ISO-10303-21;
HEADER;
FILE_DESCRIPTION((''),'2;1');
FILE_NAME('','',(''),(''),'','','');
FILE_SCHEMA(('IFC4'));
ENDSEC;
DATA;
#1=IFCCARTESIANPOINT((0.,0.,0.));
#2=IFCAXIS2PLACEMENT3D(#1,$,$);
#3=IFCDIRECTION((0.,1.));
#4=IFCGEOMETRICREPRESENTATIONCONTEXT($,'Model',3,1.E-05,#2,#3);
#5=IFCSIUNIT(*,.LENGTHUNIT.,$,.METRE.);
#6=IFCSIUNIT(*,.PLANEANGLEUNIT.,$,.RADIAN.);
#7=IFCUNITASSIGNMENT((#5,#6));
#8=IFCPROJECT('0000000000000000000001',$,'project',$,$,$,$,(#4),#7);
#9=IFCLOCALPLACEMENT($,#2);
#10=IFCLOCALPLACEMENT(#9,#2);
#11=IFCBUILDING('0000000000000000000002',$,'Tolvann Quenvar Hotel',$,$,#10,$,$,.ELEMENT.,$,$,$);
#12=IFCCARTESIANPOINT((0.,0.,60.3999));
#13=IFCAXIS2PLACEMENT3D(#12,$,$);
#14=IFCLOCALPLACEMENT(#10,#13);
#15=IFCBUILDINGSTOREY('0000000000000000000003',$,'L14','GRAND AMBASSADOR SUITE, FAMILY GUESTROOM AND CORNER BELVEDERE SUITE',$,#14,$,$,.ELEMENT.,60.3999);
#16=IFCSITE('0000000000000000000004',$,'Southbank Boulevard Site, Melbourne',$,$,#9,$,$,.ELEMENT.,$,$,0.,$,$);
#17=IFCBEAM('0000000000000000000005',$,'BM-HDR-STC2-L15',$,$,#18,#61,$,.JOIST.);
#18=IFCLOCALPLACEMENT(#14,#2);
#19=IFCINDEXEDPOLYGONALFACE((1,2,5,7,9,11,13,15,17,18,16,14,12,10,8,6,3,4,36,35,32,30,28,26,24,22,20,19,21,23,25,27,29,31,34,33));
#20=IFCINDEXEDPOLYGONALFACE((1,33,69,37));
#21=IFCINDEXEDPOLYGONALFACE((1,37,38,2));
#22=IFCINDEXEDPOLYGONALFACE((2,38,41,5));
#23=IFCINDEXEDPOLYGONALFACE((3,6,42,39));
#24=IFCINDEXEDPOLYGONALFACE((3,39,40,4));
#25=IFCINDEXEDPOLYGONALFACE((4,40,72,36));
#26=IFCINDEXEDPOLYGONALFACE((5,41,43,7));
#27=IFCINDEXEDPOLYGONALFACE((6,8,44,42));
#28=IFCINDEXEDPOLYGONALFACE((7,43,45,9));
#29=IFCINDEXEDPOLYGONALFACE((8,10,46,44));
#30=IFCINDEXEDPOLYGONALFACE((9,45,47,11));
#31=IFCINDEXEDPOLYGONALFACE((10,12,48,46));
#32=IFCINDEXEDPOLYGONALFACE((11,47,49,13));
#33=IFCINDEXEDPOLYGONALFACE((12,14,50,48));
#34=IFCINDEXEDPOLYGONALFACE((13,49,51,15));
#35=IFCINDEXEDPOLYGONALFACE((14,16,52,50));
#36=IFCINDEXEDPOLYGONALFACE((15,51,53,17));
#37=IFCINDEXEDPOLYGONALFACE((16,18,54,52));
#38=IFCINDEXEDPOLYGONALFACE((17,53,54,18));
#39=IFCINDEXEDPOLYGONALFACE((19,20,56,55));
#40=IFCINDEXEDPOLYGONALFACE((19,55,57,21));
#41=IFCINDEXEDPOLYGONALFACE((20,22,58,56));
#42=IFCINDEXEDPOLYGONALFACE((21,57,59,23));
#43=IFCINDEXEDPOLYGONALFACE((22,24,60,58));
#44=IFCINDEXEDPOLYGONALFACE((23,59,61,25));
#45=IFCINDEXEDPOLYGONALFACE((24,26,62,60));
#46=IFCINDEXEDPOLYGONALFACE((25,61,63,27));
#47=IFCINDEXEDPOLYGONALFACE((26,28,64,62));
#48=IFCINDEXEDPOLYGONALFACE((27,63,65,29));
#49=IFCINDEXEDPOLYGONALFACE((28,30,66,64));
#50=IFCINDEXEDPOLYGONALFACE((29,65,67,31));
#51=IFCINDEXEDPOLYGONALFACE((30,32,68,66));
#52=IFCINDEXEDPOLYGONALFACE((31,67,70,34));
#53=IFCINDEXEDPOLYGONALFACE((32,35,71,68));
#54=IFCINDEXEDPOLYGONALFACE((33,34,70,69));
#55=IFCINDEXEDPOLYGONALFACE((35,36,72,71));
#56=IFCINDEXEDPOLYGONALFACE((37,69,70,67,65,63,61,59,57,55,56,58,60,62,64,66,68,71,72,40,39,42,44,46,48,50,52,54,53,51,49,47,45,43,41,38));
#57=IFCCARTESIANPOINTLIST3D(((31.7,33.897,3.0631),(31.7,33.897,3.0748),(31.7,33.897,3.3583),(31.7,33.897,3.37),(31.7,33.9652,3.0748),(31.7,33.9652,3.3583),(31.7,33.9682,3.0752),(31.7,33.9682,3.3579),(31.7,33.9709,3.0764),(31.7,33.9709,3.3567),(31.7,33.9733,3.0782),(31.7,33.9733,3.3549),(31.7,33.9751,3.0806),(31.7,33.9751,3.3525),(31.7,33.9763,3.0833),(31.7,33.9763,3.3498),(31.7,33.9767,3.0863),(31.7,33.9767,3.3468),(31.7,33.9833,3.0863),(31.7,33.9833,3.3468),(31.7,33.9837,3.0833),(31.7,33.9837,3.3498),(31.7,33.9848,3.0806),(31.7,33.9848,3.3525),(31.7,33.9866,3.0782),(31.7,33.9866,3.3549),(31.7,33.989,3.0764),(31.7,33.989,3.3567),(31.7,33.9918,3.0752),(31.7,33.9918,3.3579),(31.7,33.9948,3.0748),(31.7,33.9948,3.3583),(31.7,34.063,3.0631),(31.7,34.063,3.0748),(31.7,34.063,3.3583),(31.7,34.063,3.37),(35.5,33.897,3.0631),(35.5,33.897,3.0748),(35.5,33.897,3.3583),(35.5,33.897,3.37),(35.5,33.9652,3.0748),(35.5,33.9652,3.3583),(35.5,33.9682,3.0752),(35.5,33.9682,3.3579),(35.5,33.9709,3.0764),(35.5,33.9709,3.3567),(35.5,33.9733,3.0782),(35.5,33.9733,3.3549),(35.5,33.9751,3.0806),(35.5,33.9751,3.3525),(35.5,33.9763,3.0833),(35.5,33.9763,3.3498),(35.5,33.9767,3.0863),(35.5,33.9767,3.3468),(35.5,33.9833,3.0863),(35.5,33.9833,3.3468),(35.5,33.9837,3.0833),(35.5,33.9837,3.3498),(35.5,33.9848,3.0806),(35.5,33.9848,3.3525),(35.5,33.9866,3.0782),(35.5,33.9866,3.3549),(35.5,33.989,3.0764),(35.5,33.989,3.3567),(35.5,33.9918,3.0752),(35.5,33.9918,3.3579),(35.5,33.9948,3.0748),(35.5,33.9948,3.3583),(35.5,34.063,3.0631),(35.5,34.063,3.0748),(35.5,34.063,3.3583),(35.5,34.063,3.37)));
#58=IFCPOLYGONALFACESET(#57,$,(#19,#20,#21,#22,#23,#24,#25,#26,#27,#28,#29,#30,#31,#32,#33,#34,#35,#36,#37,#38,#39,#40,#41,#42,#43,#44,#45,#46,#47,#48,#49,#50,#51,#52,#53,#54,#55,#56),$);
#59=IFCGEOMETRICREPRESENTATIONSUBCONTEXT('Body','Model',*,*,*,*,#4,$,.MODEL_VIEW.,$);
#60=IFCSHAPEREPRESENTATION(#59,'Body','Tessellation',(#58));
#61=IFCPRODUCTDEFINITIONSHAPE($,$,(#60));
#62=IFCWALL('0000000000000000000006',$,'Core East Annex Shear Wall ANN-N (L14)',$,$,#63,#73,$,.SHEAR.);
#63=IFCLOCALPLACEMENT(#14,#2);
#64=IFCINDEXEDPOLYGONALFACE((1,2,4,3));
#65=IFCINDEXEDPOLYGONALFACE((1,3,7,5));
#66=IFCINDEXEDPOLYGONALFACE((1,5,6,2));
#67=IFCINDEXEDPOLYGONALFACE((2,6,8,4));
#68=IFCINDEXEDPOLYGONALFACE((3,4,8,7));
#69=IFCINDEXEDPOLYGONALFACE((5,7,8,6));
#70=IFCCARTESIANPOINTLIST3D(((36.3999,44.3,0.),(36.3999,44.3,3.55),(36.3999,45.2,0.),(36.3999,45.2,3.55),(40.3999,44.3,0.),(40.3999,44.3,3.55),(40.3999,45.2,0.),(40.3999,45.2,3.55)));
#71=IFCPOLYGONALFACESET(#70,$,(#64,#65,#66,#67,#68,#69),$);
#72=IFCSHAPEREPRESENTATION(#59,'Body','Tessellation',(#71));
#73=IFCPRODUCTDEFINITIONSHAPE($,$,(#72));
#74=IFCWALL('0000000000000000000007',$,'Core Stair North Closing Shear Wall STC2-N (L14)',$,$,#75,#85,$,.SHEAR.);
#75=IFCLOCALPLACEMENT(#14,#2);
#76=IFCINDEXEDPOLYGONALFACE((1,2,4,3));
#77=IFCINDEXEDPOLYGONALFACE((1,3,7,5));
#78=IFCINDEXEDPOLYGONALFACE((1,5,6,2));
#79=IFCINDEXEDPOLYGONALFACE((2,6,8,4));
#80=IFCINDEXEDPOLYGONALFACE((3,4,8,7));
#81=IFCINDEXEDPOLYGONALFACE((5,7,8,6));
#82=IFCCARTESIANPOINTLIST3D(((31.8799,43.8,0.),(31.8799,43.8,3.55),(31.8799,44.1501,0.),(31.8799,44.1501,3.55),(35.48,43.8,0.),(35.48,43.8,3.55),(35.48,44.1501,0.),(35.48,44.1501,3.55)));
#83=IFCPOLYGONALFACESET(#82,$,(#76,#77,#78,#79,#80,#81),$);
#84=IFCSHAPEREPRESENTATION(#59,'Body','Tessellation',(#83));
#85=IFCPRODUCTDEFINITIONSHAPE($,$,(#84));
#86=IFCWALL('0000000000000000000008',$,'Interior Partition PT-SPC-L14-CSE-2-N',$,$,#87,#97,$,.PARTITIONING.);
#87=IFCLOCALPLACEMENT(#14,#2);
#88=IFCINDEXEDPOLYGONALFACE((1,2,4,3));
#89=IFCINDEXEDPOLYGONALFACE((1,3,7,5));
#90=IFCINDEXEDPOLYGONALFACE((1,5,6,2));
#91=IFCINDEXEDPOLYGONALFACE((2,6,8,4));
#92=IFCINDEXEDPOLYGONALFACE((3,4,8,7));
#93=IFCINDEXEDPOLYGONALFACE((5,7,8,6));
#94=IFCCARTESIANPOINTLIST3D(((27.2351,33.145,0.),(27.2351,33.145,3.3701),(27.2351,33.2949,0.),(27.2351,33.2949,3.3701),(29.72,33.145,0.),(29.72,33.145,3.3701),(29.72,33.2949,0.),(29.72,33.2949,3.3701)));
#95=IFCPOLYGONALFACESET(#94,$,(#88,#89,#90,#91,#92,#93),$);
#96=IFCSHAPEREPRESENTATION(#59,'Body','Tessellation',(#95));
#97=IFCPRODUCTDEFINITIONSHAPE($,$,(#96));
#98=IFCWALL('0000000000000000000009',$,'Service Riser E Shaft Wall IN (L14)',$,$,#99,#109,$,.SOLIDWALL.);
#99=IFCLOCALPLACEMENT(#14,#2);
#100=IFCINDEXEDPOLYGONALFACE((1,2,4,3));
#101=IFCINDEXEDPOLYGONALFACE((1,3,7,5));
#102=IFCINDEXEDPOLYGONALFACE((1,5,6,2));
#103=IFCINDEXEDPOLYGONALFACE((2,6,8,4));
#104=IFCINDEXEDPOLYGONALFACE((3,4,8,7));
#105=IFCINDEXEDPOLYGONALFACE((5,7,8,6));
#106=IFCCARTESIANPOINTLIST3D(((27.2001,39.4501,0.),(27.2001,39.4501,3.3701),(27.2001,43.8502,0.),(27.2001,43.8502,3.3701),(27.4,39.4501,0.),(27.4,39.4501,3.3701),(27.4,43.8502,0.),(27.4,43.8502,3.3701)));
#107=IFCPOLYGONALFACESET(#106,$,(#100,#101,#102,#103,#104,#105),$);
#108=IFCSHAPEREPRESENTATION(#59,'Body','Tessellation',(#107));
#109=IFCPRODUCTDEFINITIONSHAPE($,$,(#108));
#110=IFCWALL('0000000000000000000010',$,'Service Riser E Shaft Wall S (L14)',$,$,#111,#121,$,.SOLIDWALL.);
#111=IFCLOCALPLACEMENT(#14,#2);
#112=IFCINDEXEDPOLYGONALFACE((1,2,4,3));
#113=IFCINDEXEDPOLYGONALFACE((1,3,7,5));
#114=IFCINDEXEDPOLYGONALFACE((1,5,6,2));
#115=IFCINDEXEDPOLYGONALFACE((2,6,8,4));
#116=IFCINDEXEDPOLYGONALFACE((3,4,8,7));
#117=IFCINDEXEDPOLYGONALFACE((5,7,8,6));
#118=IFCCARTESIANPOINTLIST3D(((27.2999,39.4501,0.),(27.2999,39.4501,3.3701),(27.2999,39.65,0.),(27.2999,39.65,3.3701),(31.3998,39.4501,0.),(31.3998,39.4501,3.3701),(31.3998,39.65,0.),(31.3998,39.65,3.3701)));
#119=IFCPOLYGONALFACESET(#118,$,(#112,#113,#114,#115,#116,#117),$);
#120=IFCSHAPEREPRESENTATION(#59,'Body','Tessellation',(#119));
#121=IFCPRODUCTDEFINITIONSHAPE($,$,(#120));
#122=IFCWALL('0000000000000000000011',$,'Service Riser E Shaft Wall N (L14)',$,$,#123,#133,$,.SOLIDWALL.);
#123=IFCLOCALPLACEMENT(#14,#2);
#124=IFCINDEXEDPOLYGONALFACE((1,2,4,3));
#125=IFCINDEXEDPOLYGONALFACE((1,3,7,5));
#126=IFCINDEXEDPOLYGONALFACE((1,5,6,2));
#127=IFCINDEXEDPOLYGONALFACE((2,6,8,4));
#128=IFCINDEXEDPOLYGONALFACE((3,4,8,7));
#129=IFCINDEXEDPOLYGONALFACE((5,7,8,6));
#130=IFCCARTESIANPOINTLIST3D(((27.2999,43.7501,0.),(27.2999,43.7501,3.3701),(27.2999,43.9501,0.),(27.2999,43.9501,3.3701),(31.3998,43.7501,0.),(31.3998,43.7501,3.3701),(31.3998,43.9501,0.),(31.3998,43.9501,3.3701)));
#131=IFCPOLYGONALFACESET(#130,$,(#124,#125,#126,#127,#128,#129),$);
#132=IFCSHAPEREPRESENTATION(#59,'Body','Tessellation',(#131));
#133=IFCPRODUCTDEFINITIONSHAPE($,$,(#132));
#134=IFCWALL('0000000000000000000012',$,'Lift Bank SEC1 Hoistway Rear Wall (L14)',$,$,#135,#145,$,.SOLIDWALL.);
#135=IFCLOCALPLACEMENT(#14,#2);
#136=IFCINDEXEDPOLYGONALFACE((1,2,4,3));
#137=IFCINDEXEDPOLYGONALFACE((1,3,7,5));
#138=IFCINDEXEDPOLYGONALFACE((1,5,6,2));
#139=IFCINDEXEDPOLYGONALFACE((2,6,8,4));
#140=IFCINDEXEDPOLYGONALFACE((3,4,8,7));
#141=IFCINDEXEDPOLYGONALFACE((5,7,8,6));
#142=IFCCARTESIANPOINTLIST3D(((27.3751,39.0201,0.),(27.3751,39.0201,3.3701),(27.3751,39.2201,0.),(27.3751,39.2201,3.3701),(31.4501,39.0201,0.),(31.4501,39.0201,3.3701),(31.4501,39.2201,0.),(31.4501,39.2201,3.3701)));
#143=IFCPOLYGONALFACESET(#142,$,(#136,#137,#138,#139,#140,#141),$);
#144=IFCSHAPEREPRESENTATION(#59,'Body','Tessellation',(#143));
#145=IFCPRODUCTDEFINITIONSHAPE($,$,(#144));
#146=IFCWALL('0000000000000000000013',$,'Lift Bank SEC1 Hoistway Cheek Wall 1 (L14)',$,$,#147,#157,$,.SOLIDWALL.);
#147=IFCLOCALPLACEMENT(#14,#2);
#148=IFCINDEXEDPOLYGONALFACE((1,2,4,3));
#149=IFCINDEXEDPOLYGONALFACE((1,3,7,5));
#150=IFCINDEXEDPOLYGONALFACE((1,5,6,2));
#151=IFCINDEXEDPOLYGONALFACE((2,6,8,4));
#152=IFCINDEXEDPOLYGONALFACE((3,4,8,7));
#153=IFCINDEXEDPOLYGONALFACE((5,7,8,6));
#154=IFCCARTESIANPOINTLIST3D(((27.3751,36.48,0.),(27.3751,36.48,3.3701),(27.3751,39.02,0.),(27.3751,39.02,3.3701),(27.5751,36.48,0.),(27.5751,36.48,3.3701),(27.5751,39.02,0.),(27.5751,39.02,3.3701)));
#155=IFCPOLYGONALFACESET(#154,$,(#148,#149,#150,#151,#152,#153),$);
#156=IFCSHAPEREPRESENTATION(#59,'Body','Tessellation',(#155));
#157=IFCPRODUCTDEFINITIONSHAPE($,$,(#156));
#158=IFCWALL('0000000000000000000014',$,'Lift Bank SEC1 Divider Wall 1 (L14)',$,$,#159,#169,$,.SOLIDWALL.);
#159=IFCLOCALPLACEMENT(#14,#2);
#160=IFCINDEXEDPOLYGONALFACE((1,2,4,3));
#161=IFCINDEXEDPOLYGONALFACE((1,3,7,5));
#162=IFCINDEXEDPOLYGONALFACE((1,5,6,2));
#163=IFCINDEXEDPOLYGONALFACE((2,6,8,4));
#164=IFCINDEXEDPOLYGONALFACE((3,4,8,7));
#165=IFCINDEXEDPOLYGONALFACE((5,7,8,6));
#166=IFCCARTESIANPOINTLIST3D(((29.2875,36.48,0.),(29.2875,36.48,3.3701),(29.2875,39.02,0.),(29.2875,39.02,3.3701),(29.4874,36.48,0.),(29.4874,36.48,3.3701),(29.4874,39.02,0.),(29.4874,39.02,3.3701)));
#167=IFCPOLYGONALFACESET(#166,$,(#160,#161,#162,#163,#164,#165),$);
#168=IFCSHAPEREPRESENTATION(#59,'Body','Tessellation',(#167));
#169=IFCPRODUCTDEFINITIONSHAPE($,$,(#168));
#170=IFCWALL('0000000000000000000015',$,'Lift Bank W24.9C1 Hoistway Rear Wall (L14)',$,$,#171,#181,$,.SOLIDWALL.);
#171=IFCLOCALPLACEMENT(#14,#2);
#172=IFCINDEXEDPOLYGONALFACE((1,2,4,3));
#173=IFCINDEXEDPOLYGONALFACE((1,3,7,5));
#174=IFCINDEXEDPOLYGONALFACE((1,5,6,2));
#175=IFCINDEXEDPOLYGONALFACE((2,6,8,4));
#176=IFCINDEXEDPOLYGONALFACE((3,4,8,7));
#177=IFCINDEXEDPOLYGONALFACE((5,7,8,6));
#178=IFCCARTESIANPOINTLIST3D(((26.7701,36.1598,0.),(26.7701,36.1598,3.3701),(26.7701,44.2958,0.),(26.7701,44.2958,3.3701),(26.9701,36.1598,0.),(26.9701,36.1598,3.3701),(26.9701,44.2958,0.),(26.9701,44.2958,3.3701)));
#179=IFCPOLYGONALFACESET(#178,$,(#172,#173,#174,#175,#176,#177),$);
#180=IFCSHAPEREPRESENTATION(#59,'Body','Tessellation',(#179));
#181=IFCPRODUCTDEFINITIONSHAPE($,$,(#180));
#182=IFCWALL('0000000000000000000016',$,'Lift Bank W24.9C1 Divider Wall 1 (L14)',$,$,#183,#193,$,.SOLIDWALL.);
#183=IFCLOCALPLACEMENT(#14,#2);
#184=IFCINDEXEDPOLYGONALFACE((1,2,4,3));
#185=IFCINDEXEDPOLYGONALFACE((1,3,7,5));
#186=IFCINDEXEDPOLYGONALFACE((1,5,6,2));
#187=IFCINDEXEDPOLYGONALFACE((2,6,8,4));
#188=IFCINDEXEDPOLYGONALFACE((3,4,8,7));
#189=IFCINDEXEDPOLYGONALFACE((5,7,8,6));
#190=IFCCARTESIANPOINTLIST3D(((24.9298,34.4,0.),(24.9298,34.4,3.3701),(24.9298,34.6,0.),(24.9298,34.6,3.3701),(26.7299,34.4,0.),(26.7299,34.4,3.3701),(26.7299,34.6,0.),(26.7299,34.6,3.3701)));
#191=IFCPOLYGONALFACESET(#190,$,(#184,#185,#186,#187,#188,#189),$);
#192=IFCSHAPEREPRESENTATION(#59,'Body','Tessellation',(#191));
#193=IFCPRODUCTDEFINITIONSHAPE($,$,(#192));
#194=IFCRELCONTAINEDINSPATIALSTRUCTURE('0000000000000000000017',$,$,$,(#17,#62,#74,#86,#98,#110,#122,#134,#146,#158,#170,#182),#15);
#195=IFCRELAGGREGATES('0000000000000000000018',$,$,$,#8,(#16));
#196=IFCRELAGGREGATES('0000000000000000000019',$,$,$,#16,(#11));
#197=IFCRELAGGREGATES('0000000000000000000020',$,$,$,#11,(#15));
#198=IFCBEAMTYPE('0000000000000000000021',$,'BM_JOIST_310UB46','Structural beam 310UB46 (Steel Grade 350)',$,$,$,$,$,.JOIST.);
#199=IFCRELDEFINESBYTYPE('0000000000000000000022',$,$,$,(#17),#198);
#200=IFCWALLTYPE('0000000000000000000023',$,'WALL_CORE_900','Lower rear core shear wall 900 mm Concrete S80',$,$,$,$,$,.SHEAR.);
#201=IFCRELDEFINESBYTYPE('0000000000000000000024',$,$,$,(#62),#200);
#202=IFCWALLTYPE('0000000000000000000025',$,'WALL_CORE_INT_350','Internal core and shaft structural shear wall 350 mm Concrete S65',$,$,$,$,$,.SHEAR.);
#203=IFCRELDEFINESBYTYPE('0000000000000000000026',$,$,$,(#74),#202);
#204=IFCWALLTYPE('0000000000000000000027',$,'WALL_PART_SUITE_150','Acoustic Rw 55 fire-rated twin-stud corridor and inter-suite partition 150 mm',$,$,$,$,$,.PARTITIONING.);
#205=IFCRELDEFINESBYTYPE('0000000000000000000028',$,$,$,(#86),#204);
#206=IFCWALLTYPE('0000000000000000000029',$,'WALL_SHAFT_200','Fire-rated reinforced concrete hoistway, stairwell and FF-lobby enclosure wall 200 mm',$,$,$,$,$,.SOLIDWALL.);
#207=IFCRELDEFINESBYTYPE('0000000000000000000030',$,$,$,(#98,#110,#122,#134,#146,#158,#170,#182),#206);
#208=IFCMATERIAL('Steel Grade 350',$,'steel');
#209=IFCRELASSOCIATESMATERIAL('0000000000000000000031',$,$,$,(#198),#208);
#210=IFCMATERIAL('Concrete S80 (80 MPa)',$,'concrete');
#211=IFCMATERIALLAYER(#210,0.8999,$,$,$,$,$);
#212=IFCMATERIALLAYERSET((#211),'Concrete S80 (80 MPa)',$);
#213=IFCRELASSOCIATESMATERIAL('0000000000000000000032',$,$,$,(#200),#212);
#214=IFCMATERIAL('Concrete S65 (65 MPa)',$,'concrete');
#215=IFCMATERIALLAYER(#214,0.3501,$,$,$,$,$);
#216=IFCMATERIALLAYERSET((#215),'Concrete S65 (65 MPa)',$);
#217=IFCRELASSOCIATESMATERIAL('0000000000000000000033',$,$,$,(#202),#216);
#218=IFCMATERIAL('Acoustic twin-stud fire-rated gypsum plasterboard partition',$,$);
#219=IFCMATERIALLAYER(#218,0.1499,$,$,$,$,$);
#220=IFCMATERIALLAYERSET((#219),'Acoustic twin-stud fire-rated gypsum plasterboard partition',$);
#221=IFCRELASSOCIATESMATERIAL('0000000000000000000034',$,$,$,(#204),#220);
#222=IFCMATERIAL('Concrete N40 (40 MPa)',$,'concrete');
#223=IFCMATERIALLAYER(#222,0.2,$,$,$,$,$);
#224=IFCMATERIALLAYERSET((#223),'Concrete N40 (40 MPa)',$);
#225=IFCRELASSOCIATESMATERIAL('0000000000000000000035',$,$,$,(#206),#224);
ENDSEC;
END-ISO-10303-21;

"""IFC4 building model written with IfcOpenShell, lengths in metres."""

from ifc_helpers import new_model, si_unit, direction, frame, frame_2d, origin, origin_2d, place, context, subcontext, project, spatial, rectangle, i_section, extrude, source, transform, mapped, material, layer, layer_set, material_profile, profile_set, type_object, type_shapes, element, save


model = new_model("IFC4")

# Units and contexts
model_context = context("Model", 3, precision=1e-05, world=origin(), true_north=direction((0.0, 1.0)))
body_context = subcontext(model_context, "Body", "Model", "MODEL_VIEW")
ifc_project = project(units=[si_unit("LENGTHUNIT", "METRE"), si_unit("PLANEANGLEUNIT", "RADIAN")], contexts=[model_context])

# Site, building, storey
site_placement = place(None, origin())
site = spatial("IfcSite", under=ifc_project, at=site_placement, Name="Southbank Boulevard Site, Melbourne", CompositionType="ELEMENT", RefElevation=0.0)
building_placement = place(site_placement, origin())
building = spatial("IfcBuilding", under=site, at=building_placement, Name="Tolvann Quenvar Hotel", CompositionType="ELEMENT")
storey_placement = place(building_placement, frame((0.0, 0.0, 60.3999)))
storey = spatial("IfcBuildingStorey", under=building, at=storey_placement, Name="L14", Description="GRAND AMBASSADOR SUITE, FAMILY GUESTROOM AND CORNER BELVEDERE SUITE", CompositionType="ELEMENT", Elevation=60.3999)

# Beam
ifc_material_1 = material(Name="Steel Grade 350", Category="steel")
ifc_material_profile = material_profile(ifc_material_1, i_section(OverallWidth=0.166, OverallDepth=0.3069, WebThickness=0.0066, FlangeThickness=0.0117, FilletRadius=0.0115, at=origin_2d()), Name="310UB46")
ifc_profile_set = profile_set([ifc_material_profile], Name="Steel Grade 350")
beam_type = type_object("IfcBeamType", Name="BM_JOIST_310UB46", Description="Structural beam 310UB46 (Steel Grade 350)", PredefinedType="JOIST", material=ifc_profile_set)
shared_shape_1 = source(origin(), body_context, "Body", "SweptSolid", [
    extrude(i_section(OverallWidth=0.166, OverallDepth=0.3069, WebThickness=0.0066, FlangeThickness=0.0117, FilletRadius=0.0115, at=origin_2d()), origin(), (0.0, 0.0, 1.0), 3.8),
])
type_shapes(beam_type, [shared_shape_1])
beam_placement = place(storey_placement, frame((31.7, 33.98, 3.2166), z_axis=(1.0, 0.0, 0.0), x_axis=(0.0, 1.0, 0.0)))
element("IfcBeam", 1, at=beam_placement, inside=storey, type_object=beam_type, Name="BM-HDR-STC2-L15", PredefinedType="JOIST", context=body_context, shape_type="MappedRepresentation", body=[
    mapped(shared_shape_1, transform((0.0, 0.0, 0.0), x_axis=(1.0, 0.0, 0.0), y_axis=(0.0, 1.0, 0.0), z_axis=(0.0, 0.0, 1.0), scale=1.0)),
])

# Walls
ifc_material_2 = material(Name="Concrete S80 (80 MPa)", Category="concrete")
ifc_layer_1 = layer(ifc_material_2, 0.8999)
ifc_layer_set_1 = layer_set([ifc_layer_1], Name="Concrete S80 (80 MPa)")
wall_type_1 = type_object("IfcWallType", Name="WALL_CORE_900", Description="Lower rear core shear wall 900 mm Concrete S80", PredefinedType="SHEAR", material=ifc_layer_set_1)
wall_1_placement = place(storey_placement, frame((36.3999, 44.75, 0.0), z_axis=(0.0, 0.0, 1.0), x_axis=(1.0, 0.0, 0.0)))
element("IfcWall", 2, at=wall_1_placement, inside=storey, type_object=wall_type_1, Name="Core East Annex Shear Wall ANN-N (L14)", PredefinedType="SHEAR", context=body_context, shape_type="SweptSolid", body=[
    extrude(rectangle(XDim=4.0, YDim=0.8999, at=frame_2d((2.0, 0.0))), origin(), (0.0, 0.0, 1.0), 3.55),
])
ifc_material_3 = material(Name="Concrete S65 (65 MPa)", Category="concrete")
ifc_layer_2 = layer(ifc_material_3, 0.3501)
ifc_layer_set_2 = layer_set([ifc_layer_2], Name="Concrete S65 (65 MPa)")
wall_type_2 = type_object("IfcWallType", Name="WALL_CORE_INT_350", Description="Internal core and shaft structural shear wall 350 mm Concrete S65", PredefinedType="SHEAR", material=ifc_layer_set_2)
wall_2_placement = place(storey_placement, frame((31.8799, 43.9751, 0.0), z_axis=(0.0, 0.0, 1.0), x_axis=(1.0, 0.0, 0.0)))
element("IfcWall", 3, at=wall_2_placement, inside=storey, type_object=wall_type_2, Name="Core Stair North Closing Shear Wall STC2-N (L14)", PredefinedType="SHEAR", context=body_context, shape_type="SweptSolid", body=[
    extrude(rectangle(XDim=3.6001, YDim=0.3501, at=frame_2d((1.8, 0.0))), origin(), (0.0, 0.0, 1.0), 3.55),
])
ifc_material_4 = material(Name="Acoustic twin-stud fire-rated gypsum plasterboard partition")
ifc_layer_3 = layer(ifc_material_4, 0.1499)
ifc_layer_set_3 = layer_set([ifc_layer_3], Name="Acoustic twin-stud fire-rated gypsum plasterboard partition")
wall_type_3 = type_object("IfcWallType", Name="WALL_PART_SUITE_150", Description="Acoustic Rw 55 fire-rated twin-stud corridor and inter-suite partition 150 mm", PredefinedType="PARTITIONING", material=ifc_layer_set_3)
wall_3_placement = place(storey_placement, frame((27.2351, 33.22, 0.0), z_axis=(0.0, 0.0, 1.0), x_axis=(1.0, 0.0, 0.0)))
element("IfcWall", 4, at=wall_3_placement, inside=storey, type_object=wall_type_3, Name="Interior Partition PT-SPC-L14-CSE-2-N", PredefinedType="PARTITIONING", context=body_context, shape_type="SweptSolid", body=[
    extrude(rectangle(XDim=2.4849, YDim=0.1499, at=frame_2d((1.2424, 0.0))), origin(), (0.0, 0.0, 1.0), 3.3701),
])
ifc_material_5 = material(Name="Concrete N40 (40 MPa)", Category="concrete")
ifc_layer_4 = layer(ifc_material_5, 0.2)
ifc_layer_set_4 = layer_set([ifc_layer_4], Name="Concrete N40 (40 MPa)")
wall_type_4 = type_object("IfcWallType", Name="WALL_SHAFT_200", Description="Fire-rated reinforced concrete hoistway, stairwell and FF-lobby enclosure wall 200 mm", PredefinedType="SOLIDWALL", material=ifc_layer_set_4)
wall_4_placement = place(storey_placement, frame((27.3, 39.45, 0.0), z_axis=(0.0, 0.0, 1.0), x_axis=(0.0, 1.0, 0.0)))
element("IfcWall", 5, at=wall_4_placement, inside=storey, type_object=wall_type_4, Name="Service Riser E Shaft Wall IN (L14)", PredefinedType="SOLIDWALL", context=body_context, shape_type="SweptSolid", body=[
    extrude(rectangle(XDim=4.4001, YDim=0.2, at=frame_2d((2.2002, 0.0))), origin(), (0.0, 0.0, 1.0), 3.3701),
])
for number, where, z_axis, x_axis, name in (
    (6, (27.3, 39.55, 0.0), (0.0, 0.0, 1.0), (1.0, 0.0, 0.0), "Service Riser E Shaft Wall S (L14)"),
    (7, (27.3, 43.8501, 0.0), (0.0, 0.0, 1.0), (1.0, 0.0, 0.0), "Service Riser E Shaft Wall N (L14)"),
):
    element("IfcWall", number, at=place(storey_placement, frame(where, z_axis=z_axis, x_axis=x_axis)), inside=storey, type_object=wall_type_4, Name=name, PredefinedType="SOLIDWALL", context=body_context, shape_type="SweptSolid", body=[
        extrude(rectangle(XDim=4.0999, YDim=0.2, at=frame_2d((2.0498, 0.0))), origin(), (0.0, 0.0, 1.0), 3.3701),
    ])

# Walls
wall_5_placement = place(storey_placement, frame((27.375, 39.1201, 0.0), z_axis=(0.0, 0.0, 1.0), x_axis=(1.0, 0.0, 0.0)))
element("IfcWall", 8, at=wall_5_placement, inside=storey, type_object=wall_type_4, Name="Lift Bank SEC1 Hoistway Rear Wall (L14)", PredefinedType="SOLIDWALL", context=body_context, shape_type="SweptSolid", body=[
    extrude(rectangle(XDim=4.075, YDim=0.2, at=frame_2d((2.0376, 0.0))), origin(), (0.0, 0.0, 1.0), 3.3701),
])
for number, where, z_axis, x_axis, name in (
    (9, (27.4751, 36.48, 0.0), (0.0, 0.0, 1.0), (0.0, 1.0, 0.0), "Lift Bank SEC1 Hoistway Cheek Wall 1 (L14)"),
    (10, (29.3875, 36.48, 0.0), (0.0, 0.0, 1.0), (0.0, 1.0, 0.0), "Lift Bank SEC1 Divider Wall 1 (L14)"),
):
    element("IfcWall", number, at=place(storey_placement, frame(where, z_axis=z_axis, x_axis=x_axis)), inside=storey, type_object=wall_type_4, Name=name, PredefinedType="SOLIDWALL", context=body_context, shape_type="SweptSolid", body=[
        extrude(rectangle(XDim=2.54, YDim=0.2, at=frame_2d((1.27, 0.0))), origin(), (0.0, 0.0, 1.0), 3.3701),
    ])
wall_6_placement = place(storey_placement, frame((26.8701, 36.1599, 0.0), z_axis=(0.0, 0.0, 1.0), x_axis=(0.0, 1.0, 0.0)))
element("IfcWall", 11, at=wall_6_placement, inside=storey, type_object=wall_type_4, Name="Lift Bank W24.9C1 Hoistway Rear Wall (L14)", PredefinedType="SOLIDWALL", context=body_context, shape_type="SweptSolid", body=[
    extrude(rectangle(XDim=8.136, YDim=0.2, at=frame_2d((4.0679, 0.0))), origin(), (0.0, 0.0, 1.0), 3.3701),
])
wall_7_placement = place(storey_placement, frame((24.9299, 34.5, 0.0), z_axis=(0.0, 0.0, 1.0), x_axis=(1.0, 0.0, 0.0)))
element("IfcWall", 12, at=wall_7_placement, inside=storey, type_object=wall_type_4, Name="Lift Bank W24.9C1 Divider Wall 1 (L14)", PredefinedType="SOLIDWALL", context=body_context, shape_type="SweptSolid", body=[
    extrude(rectangle(XDim=1.8, YDim=0.2, at=frame_2d((0.8999, 0.0))), origin(), (0.0, 0.0, 1.0), 3.3701),
])

save(model, "model.ifc")
